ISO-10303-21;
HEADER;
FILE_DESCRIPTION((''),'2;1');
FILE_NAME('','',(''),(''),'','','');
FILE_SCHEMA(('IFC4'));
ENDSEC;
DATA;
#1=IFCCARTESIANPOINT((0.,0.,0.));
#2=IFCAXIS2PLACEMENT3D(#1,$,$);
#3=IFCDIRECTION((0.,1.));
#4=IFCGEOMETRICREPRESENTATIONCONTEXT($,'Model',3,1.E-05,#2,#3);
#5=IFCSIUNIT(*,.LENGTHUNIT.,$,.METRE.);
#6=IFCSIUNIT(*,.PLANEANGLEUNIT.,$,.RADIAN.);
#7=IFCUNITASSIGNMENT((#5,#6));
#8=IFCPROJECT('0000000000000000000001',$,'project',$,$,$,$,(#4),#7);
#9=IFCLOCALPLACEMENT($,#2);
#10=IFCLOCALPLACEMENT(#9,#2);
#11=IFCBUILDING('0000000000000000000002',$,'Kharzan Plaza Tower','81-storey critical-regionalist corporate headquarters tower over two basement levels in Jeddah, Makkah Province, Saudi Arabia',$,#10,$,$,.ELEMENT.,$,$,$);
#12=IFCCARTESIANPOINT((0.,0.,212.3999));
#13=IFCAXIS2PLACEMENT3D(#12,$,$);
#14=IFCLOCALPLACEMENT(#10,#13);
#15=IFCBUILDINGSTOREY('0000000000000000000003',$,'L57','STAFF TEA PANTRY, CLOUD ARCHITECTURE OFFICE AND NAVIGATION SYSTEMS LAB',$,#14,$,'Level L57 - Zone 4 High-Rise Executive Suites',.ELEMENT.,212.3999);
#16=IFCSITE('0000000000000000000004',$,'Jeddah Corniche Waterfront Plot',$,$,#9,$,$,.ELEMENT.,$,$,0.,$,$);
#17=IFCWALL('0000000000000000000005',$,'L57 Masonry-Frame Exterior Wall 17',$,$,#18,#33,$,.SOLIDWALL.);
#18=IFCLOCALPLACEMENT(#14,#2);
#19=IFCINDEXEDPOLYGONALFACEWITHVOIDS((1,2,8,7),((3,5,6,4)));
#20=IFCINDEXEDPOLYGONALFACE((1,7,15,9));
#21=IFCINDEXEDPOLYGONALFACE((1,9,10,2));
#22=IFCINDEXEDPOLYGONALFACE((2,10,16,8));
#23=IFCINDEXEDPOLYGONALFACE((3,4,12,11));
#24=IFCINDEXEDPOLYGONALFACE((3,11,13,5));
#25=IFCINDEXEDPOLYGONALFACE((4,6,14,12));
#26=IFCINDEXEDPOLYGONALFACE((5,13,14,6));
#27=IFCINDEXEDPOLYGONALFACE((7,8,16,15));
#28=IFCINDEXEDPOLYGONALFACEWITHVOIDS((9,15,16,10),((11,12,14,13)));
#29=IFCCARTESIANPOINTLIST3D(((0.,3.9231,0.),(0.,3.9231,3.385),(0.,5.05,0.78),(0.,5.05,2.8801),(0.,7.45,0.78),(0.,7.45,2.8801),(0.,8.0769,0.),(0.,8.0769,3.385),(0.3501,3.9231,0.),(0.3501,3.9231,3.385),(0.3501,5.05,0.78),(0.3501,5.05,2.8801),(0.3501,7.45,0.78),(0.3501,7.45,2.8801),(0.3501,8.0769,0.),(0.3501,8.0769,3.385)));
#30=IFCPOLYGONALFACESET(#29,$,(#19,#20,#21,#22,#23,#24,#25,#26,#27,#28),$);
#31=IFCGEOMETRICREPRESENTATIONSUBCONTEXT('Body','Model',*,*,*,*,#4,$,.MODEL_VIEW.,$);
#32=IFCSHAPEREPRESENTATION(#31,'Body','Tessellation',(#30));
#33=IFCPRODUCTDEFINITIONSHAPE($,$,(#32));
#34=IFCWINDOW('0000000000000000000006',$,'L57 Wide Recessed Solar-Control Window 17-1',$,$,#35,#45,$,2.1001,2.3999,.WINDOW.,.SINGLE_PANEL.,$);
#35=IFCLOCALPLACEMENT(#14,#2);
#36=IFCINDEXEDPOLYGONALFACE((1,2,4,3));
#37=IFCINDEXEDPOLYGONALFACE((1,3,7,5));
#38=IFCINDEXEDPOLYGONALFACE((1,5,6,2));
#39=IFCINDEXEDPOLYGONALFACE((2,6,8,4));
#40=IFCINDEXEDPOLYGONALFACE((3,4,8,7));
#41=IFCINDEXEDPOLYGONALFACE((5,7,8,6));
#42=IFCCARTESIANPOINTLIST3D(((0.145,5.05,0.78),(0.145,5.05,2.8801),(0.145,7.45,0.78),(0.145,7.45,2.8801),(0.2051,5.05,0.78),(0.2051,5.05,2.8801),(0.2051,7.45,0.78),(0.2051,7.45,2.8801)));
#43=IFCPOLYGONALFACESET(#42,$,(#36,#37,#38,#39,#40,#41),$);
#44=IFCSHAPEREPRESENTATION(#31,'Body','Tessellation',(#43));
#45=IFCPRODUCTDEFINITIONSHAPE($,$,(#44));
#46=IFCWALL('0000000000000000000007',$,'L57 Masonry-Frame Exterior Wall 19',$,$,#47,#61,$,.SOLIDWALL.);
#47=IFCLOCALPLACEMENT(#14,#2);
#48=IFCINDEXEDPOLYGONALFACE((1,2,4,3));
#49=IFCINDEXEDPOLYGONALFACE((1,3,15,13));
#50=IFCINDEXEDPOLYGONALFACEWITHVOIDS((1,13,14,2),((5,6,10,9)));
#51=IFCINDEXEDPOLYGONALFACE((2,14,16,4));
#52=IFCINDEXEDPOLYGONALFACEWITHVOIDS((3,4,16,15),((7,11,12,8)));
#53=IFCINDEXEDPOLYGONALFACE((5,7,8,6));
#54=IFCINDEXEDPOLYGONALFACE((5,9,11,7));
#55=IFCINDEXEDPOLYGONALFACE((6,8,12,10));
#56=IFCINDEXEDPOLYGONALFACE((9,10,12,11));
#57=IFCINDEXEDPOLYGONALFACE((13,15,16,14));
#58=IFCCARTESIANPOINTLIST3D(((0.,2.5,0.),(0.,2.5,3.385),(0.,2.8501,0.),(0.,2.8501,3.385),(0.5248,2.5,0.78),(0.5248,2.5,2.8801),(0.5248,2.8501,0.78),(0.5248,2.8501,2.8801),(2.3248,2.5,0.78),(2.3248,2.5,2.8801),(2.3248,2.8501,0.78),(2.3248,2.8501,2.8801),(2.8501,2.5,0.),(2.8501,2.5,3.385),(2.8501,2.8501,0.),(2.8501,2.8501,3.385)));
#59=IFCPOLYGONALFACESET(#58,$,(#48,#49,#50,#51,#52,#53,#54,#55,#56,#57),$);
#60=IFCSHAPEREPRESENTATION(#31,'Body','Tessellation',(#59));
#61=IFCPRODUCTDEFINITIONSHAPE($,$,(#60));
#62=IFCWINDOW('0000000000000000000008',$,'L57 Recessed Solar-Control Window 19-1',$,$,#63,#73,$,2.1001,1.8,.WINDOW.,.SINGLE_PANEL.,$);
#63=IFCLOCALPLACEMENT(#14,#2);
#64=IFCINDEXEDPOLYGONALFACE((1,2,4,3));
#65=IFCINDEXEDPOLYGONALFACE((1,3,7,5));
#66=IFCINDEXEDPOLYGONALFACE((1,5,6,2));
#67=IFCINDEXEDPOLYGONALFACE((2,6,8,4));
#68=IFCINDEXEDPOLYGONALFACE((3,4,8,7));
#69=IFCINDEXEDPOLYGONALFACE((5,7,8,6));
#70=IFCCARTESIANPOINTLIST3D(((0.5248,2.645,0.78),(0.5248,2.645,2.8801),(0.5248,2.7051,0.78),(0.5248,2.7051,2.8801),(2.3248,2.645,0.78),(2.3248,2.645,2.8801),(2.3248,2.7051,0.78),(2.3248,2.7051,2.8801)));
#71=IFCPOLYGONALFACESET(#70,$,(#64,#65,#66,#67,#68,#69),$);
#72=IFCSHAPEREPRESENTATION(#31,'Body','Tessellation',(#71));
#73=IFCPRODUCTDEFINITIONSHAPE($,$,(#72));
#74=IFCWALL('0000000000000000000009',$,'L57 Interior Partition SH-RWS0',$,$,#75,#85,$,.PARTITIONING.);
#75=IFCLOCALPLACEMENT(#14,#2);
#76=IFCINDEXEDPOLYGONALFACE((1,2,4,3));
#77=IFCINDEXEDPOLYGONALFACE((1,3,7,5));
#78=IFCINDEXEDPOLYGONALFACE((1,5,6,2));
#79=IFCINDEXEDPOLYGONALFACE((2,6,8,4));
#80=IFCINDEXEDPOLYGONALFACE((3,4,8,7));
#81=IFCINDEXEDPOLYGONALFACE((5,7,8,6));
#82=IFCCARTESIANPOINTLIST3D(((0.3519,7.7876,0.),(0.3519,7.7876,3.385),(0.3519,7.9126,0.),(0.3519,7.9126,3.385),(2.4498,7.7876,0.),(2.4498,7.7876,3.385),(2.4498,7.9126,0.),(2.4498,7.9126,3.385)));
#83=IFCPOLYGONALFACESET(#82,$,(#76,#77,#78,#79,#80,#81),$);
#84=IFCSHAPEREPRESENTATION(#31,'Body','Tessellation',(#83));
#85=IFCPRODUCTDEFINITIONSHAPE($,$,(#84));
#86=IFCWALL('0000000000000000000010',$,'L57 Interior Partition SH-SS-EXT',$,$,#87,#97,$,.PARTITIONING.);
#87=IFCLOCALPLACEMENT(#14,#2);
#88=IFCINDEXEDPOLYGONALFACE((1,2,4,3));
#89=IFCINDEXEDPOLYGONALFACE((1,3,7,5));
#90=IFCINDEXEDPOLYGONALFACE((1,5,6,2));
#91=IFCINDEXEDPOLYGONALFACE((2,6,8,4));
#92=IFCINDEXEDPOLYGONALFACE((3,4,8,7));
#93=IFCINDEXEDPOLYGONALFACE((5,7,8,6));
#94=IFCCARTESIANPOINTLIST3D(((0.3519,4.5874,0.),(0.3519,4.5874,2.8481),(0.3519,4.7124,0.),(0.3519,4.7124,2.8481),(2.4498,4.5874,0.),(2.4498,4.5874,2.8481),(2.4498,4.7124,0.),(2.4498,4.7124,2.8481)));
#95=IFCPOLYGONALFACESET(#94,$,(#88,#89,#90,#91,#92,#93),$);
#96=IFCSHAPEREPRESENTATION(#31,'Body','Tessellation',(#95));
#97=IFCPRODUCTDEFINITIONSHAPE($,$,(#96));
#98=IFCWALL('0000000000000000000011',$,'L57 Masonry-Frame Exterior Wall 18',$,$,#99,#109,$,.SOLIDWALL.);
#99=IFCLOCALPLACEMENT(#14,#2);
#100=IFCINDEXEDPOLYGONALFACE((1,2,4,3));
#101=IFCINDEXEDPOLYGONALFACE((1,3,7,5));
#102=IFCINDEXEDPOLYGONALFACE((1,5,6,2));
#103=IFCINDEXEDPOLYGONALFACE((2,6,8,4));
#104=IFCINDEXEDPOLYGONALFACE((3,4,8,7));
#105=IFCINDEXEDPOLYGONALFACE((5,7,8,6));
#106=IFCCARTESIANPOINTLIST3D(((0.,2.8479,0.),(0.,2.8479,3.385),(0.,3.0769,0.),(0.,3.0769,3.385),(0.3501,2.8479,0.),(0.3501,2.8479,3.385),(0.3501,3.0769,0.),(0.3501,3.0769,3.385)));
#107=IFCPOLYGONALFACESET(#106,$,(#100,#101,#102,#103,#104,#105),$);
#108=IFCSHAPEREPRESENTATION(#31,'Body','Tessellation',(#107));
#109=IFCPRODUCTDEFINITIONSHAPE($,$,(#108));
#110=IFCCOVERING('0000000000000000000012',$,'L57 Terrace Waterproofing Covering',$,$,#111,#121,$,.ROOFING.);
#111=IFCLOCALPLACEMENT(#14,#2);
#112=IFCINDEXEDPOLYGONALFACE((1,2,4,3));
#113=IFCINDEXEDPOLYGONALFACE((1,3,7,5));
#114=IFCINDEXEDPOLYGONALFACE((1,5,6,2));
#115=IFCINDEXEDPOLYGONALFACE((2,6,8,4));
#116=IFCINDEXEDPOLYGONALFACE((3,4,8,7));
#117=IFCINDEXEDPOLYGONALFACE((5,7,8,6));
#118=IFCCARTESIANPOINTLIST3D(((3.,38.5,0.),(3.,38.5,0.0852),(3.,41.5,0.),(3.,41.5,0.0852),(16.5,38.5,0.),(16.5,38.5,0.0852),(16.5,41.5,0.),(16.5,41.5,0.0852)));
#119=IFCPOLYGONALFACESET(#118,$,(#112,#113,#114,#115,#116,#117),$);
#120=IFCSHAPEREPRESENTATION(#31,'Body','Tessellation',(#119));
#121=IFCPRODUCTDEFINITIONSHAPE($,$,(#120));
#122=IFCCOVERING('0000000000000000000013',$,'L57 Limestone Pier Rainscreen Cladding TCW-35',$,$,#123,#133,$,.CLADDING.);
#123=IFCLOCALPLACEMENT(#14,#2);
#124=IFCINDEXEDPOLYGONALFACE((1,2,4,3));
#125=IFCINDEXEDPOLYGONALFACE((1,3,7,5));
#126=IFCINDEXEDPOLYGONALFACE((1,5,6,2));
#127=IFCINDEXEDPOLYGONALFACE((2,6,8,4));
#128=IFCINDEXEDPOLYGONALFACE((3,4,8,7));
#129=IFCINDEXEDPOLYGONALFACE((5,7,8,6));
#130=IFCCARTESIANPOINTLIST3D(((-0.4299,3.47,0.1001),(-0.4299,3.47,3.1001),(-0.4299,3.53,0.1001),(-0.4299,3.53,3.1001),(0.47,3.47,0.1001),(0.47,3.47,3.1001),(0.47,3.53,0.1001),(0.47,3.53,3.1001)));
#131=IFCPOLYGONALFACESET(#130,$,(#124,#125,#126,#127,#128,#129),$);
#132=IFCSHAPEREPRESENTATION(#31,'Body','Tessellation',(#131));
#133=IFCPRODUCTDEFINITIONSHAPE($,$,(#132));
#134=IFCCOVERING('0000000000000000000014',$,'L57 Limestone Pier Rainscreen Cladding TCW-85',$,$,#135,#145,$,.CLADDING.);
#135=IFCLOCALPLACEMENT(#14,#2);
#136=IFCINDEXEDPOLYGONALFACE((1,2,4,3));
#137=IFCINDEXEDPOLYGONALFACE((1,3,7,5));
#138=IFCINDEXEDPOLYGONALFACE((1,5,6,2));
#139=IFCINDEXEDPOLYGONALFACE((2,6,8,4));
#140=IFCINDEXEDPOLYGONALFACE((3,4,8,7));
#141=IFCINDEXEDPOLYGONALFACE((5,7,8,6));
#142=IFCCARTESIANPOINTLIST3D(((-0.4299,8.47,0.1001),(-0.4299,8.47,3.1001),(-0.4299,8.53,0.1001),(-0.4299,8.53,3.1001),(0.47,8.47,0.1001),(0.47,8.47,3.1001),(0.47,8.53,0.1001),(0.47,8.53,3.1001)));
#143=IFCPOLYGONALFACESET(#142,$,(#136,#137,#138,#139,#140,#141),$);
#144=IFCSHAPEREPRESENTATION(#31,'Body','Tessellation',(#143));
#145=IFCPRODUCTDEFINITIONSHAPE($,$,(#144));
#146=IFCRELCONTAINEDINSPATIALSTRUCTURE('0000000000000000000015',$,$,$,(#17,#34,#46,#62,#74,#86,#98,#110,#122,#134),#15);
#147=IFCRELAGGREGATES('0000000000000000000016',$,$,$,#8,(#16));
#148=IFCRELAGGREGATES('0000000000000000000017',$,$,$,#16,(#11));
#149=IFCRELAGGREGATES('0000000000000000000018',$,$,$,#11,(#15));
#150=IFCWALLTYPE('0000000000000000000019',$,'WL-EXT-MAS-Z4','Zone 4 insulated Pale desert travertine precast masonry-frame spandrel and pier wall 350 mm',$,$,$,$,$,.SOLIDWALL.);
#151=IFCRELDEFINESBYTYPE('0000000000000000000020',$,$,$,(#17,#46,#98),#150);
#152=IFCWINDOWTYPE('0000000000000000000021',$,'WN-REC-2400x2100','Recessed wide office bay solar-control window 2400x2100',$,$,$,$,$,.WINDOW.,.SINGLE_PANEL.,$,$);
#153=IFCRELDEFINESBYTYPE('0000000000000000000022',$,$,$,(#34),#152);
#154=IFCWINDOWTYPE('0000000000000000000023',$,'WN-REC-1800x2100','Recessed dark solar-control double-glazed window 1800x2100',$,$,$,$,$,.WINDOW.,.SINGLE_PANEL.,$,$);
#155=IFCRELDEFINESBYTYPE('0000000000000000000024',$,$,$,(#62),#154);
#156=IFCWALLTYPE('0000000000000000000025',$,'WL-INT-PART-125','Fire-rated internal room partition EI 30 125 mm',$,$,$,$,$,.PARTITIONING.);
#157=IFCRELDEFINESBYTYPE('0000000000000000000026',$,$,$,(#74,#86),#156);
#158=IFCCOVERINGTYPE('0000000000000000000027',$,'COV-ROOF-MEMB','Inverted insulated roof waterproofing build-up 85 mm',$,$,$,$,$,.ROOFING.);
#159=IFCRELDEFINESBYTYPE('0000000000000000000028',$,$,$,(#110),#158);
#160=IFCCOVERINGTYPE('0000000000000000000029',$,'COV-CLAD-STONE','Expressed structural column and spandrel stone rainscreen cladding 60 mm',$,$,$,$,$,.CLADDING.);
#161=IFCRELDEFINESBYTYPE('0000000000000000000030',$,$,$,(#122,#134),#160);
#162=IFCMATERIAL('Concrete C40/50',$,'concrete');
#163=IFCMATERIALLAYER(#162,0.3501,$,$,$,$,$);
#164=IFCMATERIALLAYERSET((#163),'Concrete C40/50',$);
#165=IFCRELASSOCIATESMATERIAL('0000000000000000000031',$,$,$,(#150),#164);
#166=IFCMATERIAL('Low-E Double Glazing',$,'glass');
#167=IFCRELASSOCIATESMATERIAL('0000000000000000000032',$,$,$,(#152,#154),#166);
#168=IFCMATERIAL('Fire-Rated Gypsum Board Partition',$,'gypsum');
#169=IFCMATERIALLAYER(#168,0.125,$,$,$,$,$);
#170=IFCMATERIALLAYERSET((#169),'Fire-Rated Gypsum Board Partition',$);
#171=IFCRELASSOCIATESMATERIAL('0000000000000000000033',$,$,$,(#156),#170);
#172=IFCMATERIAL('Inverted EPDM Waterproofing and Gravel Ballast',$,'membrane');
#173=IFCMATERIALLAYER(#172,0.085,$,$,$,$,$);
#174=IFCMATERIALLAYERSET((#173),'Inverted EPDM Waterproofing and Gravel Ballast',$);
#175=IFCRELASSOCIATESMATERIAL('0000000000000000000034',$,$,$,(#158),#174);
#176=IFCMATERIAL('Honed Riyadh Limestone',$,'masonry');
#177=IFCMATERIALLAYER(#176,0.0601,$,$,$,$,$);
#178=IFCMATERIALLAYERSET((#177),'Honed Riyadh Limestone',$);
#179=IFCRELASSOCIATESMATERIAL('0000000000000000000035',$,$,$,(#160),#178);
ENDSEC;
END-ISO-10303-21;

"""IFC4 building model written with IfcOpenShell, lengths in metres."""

from ifc_helpers import new_model, si_unit, direction, frame, frame_2d, origin, origin_2d, place, context, subcontext, project, spatial, polyline, rectangle, outline, extrude, source, transform, mapped, material, layer, layer_set, type_object, element, fill, save


model = new_model("IFC4")

# Units and contexts
model_context = context("Model", 3, precision=1e-05, world=origin(), true_north=direction((0.0, 1.0)))
body_context = subcontext(model_context, "Body", "Model", "MODEL_VIEW")
ifc_project = project(units=[si_unit("LENGTHUNIT", "METRE"), si_unit("PLANEANGLEUNIT", "RADIAN")], contexts=[model_context])

# Site, building, storey
site_placement = place(None, origin())
site = spatial("IfcSite", under=ifc_project, at=site_placement, Name="Jeddah Corniche Waterfront Plot", CompositionType="ELEMENT", RefElevation=0.0)
building_placement = place(site_placement, origin())
building = spatial("IfcBuilding", under=site, at=building_placement, Name="Kharzan Plaza Tower", Description="81-storey critical-regionalist corporate headquarters tower over two basement levels in Jeddah, Makkah Province, Saudi Arabia", CompositionType="ELEMENT")
storey_placement = place(building_placement, frame((0.0, 0.0, 212.3999)))
storey = spatial("IfcBuildingStorey", under=building, at=storey_placement, Name="L57", Description="STAFF TEA PANTRY, CLOUD ARCHITECTURE OFFICE AND NAVIGATION SYSTEMS LAB", LongName="Level L57 - Zone 4 High-Rise Executive Suites", CompositionType="ELEMENT", Elevation=212.3999)

# Shared definitions
ifc_material_1 = material(Name="Concrete C40/50", Category="concrete")

# Walls, openings, windows
ifc_layer_1 = layer(ifc_material_1, 0.3501)
ifc_layer_set_1 = layer_set([ifc_layer_1], Name="Concrete C40/50")
wall_type_1 = type_object("IfcWallType", Name="WL-EXT-MAS-Z4", Description="Zone 4 insulated Pale desert travertine precast masonry-frame spandrel and pier wall 350 mm", PredefinedType="SOLIDWALL", material=ifc_layer_set_1)
wall_1_placement = place(storey_placement, frame((0.175, 8.0769, 0.0), z_axis=(0.0, 0.0, 1.0), x_axis=(0.0, -1.0, 0.0)))
wall_1 = element("IfcWall", 1, at=wall_1_placement, inside=storey, type_object=wall_type_1, Name="L57 Masonry-Frame Exterior Wall 17", PredefinedType="SOLIDWALL", context=body_context, shape_type="SweptSolid", body=[
    extrude(rectangle(XDim=4.1538, YDim=0.3501, at=frame_2d((2.0769, 0.0))), origin(), (0.0, 0.0, 1.0), 3.385),
])
opening_1_placement = place(wall_1_placement, frame((0.627, 0.0, 0.78)))
opening_1 = element("IfcOpeningElement", 2, at=opening_1_placement, cuts=wall_1, PredefinedType="OPENING", context=body_context, shape_type="SweptSolid", body=[
    extrude(rectangle(XDim=2.3999, YDim=2.1001, at=frame_2d((1.2, 1.05))), frame((0.0, 0.1851, 0.0), z_axis=(0.0, -1.0, 0.0), x_axis=(1.0, 0.0, 0.0)), (0.0, 0.0, 1.0), 0.3701),
])
ifc_material_2 = material(Name="Low-E Double Glazing", Category="glass")
window_type_1 = type_object("IfcWindowType", Name="WN-REC-2400x2100", Description="Recessed wide office bay solar-control window 2400x2100", PartitioningType="SINGLE_PANEL", PredefinedType="WINDOW", material=ifc_material_2)
shared_shape_1 = source(origin(), body_context, "Body", "SweptSolid", [
    extrude(rectangle(XDim=2.3999, YDim=2.1001, at=frame_2d((1.2, 1.05))), frame((0.0, 0.03, 0.0), z_axis=(0.0, -1.0, 0.0), x_axis=(1.0, 0.0, 0.0)), (0.0, 0.0, 1.0), 0.0601),
])
window_1_placement = place(opening_1_placement, origin())
window_1 = element("IfcWindow", 3, at=window_1_placement, inside=storey, type_object=window_type_1, Name="L57 Wide Recessed Solar-Control Window 17-1", OverallHeight=2.1001, OverallWidth=2.3999, PartitioningType="SINGLE_PANEL", PredefinedType="WINDOW", context=body_context, shape_type="MappedRepresentation", body=[
    mapped(shared_shape_1, transform((0.0, 0.0, 0.0), x_axis=(1.0, 0.0, 0.0), y_axis=(0.0, 1.0, 0.0), z_axis=(0.0, 0.0, 1.0))),
])
fill(opening_1, window_1)
wall_2_placement = place(storey_placement, frame((0.0, 2.675, 0.0), z_axis=(0.0, 0.0, 1.0), x_axis=(1.0, 0.0, 0.0)))
wall_2 = element("IfcWall", 4, at=wall_2_placement, inside=storey, type_object=wall_type_1, Name="L57 Masonry-Frame Exterior Wall 19", PredefinedType="SOLIDWALL", context=body_context, shape_type="SweptSolid", body=[
    extrude(rectangle(XDim=2.8501, YDim=0.3501, at=frame_2d((1.425, 0.0))), origin(), (0.0, 0.0, 1.0), 3.385),
])
opening_2_placement = place(wall_2_placement, frame((0.5249, 0.0, 0.78)))
opening_2 = element("IfcOpeningElement", 5, at=opening_2_placement, cuts=wall_2, PredefinedType="OPENING", context=body_context, shape_type="SweptSolid", body=[
    extrude(rectangle(XDim=1.8, YDim=2.1001, at=frame_2d((0.8999, 1.05))), frame((0.0, 0.1851, 0.0), z_axis=(0.0, -1.0, 0.0), x_axis=(1.0, 0.0, 0.0)), (0.0, 0.0, 1.0), 0.3701),
])
window_type_2 = type_object("IfcWindowType", Name="WN-REC-1800x2100", Description="Recessed dark solar-control double-glazed window 1800x2100", PartitioningType="SINGLE_PANEL", PredefinedType="WINDOW", material=ifc_material_2)
shared_shape_2 = source(origin(), body_context, "Body", "SweptSolid", [
    extrude(rectangle(XDim=1.8, YDim=2.1001, at=frame_2d((0.8999, 1.05))), frame((0.0, 0.03, 0.0), z_axis=(0.0, -1.0, 0.0), x_axis=(1.0, 0.0, 0.0)), (0.0, 0.0, 1.0), 0.0601),
])
window_2_placement = place(opening_2_placement, origin())
window_2 = element("IfcWindow", 6, at=window_2_placement, inside=storey, type_object=window_type_2, Name="L57 Recessed Solar-Control Window 19-1", OverallHeight=2.1001, OverallWidth=1.8, PartitioningType="SINGLE_PANEL", PredefinedType="WINDOW", context=body_context, shape_type="MappedRepresentation", body=[
    mapped(shared_shape_2, transform((0.0, 0.0, 0.0), x_axis=(1.0, 0.0, 0.0), y_axis=(0.0, 1.0, 0.0), z_axis=(0.0, 0.0, 1.0))),
])
fill(opening_2, window_2)

# Walls
ifc_material_3 = material(Name="Fire-Rated Gypsum Board Partition", Category="gypsum")
ifc_layer_2 = layer(ifc_material_3, 0.125)
ifc_layer_set_2 = layer_set([ifc_layer_2], Name="Fire-Rated Gypsum Board Partition")
wall_type_2 = type_object("IfcWallType", Name="WL-INT-PART-125", Description="Fire-rated internal room partition EI 30 125 mm", PredefinedType="PARTITIONING", material=ifc_layer_set_2)
shared_shape_3 = source(origin(), body_context, "Body", "SweptSolid", [
    extrude(rectangle(XDim=2.0979, YDim=0.125, at=frame_2d((1.0488, 0.0))), origin(), (0.0, 0.0, 1.0), 3.385),
])
wall_3_placement = place(storey_placement, frame((0.3521, 7.8501, 0.0), z_axis=(0.0, 0.0, 1.0), x_axis=(1.0, 0.0, 0.0)))
element("IfcWall", 7, at=wall_3_placement, inside=storey, type_object=wall_type_2, Name="L57 Interior Partition SH-RWS0", PredefinedType="PARTITIONING", context=body_context, shape_type="MappedRepresentation", body=[
    mapped(shared_shape_3, transform((0.0, 0.0, 0.0), x_axis=(1.0, 0.0, 0.0), y_axis=(0.0, 1.0, 0.0), z_axis=(0.0, 0.0, 1.0))),
])
shared_shape_4 = source(origin(), body_context, "Body", "SweptSolid", [
    extrude(rectangle(XDim=2.0979, YDim=0.125, at=frame_2d((1.0488, 0.0))), origin(), (0.0, 0.0, 1.0), 2.8481),
])
wall_4_placement = place(storey_placement, frame((0.3521, 4.6499, 0.0), z_axis=(0.0, 0.0, 1.0), x_axis=(1.0, 0.0, 0.0)))
element("IfcWall", 8, at=wall_4_placement, inside=storey, type_object=wall_type_2, Name="L57 Interior Partition SH-SS-EXT", PredefinedType="PARTITIONING", context=body_context, shape_type="MappedRepresentation", body=[
    mapped(shared_shape_4, transform((0.0, 0.0, 0.0), x_axis=(1.0, 0.0, 0.0), y_axis=(0.0, 1.0, 0.0), z_axis=(0.0, 0.0, 1.0))),
])
shared_shape_5 = source(origin(), body_context, "Body", "SweptSolid", [
    extrude(rectangle(XDim=0.229, YDim=0.3501, at=frame_2d((0.1145, 0.0))), origin(), (0.0, 0.0, 1.0), 3.385),
])
wall_5_placement = place(storey_placement, frame((0.175, 3.0769, 0.0), z_axis=(0.0, 0.0, 1.0), x_axis=(0.0, -1.0, 0.0)))
element("IfcWall", 9, at=wall_5_placement, inside=storey, type_object=wall_type_1, Name="L57 Masonry-Frame Exterior Wall 18", PredefinedType="SOLIDWALL", context=body_context, shape_type="MappedRepresentation", body=[
    mapped(shared_shape_5, transform((0.0, 0.0, 0.0), x_axis=(1.0, 0.0, 0.0), y_axis=(0.0, 1.0, 0.0), z_axis=(0.0, 0.0, 1.0))),
])

# Coverings
ifc_material_4 = material(Name="Inverted EPDM Waterproofing and Gravel Ballast", Category="membrane")
ifc_layer_3 = layer(ifc_material_4, 0.085)
ifc_layer_set_3 = layer_set([ifc_layer_3], Name="Inverted EPDM Waterproofing and Gravel Ballast")
covering_type_1 = type_object("IfcCoveringType", Name="COV-ROOF-MEMB", Description="Inverted insulated roof waterproofing build-up 85 mm", PredefinedType="ROOFING", material=ifc_layer_set_3)
covering_placement = place(storey_placement, origin())
element("IfcCovering", 10, at=covering_placement, inside=storey, type_object=covering_type_1, Name="L57 Terrace Waterproofing Covering", PredefinedType="ROOFING", context=body_context, shape_type="SweptSolid", body=[
    extrude(outline(polyline([(3.0, 38.5), (16.5, 38.5), (16.5, 41.5), (3.0, 41.5), (3.0, 38.5)])), origin(), (0.0, 0.0, 1.0), 0.0852),
])
ifc_material_5 = material(Name="Honed Riyadh Limestone", Category="masonry")
ifc_layer_4 = layer(ifc_material_5, 0.0601)
ifc_layer_set_4 = layer_set([ifc_layer_4], Name="Honed Riyadh Limestone")
covering_type_2 = type_object("IfcCoveringType", Name="COV-CLAD-STONE", Description="Expressed structural column and spandrel stone rainscreen cladding 60 mm", PredefinedType="CLADDING", material=ifc_layer_set_4)
shared_shape_6 = source(origin(), body_context, "Body", "SweptSolid", [
    extrude(rectangle(XDim=0.0601, YDim=0.8999, at=origin_2d()), origin(), (0.0, 0.0, 1.0), 3.0),
])
for number, where, z_axis, x_axis, name in (
    (11, (0.02, 3.5, 0.1001), (0.0, 0.0, 1.0), (0.0, 1.0, 0.0), "L57 Limestone Pier Rainscreen Cladding TCW-35"),
    (12, (0.02, 8.5, 0.1001), (0.0, 0.0, 1.0), (0.0, 1.0, 0.0), "L57 Limestone Pier Rainscreen Cladding TCW-85"),
):
    element("IfcCovering", number, at=place(storey_placement, frame(where, z_axis=z_axis, x_axis=x_axis)), inside=storey, type_object=covering_type_2, Name=name, PredefinedType="CLADDING", context=body_context, shape_type="MappedRepresentation", body=[
        mapped(shared_shape_6, transform((0.0, 0.0, 0.0), x_axis=(1.0, 0.0, 0.0), y_axis=(0.0, 1.0, 0.0), z_axis=(0.0, 0.0, 1.0))),
    ])

save(model, "model.ifc")
